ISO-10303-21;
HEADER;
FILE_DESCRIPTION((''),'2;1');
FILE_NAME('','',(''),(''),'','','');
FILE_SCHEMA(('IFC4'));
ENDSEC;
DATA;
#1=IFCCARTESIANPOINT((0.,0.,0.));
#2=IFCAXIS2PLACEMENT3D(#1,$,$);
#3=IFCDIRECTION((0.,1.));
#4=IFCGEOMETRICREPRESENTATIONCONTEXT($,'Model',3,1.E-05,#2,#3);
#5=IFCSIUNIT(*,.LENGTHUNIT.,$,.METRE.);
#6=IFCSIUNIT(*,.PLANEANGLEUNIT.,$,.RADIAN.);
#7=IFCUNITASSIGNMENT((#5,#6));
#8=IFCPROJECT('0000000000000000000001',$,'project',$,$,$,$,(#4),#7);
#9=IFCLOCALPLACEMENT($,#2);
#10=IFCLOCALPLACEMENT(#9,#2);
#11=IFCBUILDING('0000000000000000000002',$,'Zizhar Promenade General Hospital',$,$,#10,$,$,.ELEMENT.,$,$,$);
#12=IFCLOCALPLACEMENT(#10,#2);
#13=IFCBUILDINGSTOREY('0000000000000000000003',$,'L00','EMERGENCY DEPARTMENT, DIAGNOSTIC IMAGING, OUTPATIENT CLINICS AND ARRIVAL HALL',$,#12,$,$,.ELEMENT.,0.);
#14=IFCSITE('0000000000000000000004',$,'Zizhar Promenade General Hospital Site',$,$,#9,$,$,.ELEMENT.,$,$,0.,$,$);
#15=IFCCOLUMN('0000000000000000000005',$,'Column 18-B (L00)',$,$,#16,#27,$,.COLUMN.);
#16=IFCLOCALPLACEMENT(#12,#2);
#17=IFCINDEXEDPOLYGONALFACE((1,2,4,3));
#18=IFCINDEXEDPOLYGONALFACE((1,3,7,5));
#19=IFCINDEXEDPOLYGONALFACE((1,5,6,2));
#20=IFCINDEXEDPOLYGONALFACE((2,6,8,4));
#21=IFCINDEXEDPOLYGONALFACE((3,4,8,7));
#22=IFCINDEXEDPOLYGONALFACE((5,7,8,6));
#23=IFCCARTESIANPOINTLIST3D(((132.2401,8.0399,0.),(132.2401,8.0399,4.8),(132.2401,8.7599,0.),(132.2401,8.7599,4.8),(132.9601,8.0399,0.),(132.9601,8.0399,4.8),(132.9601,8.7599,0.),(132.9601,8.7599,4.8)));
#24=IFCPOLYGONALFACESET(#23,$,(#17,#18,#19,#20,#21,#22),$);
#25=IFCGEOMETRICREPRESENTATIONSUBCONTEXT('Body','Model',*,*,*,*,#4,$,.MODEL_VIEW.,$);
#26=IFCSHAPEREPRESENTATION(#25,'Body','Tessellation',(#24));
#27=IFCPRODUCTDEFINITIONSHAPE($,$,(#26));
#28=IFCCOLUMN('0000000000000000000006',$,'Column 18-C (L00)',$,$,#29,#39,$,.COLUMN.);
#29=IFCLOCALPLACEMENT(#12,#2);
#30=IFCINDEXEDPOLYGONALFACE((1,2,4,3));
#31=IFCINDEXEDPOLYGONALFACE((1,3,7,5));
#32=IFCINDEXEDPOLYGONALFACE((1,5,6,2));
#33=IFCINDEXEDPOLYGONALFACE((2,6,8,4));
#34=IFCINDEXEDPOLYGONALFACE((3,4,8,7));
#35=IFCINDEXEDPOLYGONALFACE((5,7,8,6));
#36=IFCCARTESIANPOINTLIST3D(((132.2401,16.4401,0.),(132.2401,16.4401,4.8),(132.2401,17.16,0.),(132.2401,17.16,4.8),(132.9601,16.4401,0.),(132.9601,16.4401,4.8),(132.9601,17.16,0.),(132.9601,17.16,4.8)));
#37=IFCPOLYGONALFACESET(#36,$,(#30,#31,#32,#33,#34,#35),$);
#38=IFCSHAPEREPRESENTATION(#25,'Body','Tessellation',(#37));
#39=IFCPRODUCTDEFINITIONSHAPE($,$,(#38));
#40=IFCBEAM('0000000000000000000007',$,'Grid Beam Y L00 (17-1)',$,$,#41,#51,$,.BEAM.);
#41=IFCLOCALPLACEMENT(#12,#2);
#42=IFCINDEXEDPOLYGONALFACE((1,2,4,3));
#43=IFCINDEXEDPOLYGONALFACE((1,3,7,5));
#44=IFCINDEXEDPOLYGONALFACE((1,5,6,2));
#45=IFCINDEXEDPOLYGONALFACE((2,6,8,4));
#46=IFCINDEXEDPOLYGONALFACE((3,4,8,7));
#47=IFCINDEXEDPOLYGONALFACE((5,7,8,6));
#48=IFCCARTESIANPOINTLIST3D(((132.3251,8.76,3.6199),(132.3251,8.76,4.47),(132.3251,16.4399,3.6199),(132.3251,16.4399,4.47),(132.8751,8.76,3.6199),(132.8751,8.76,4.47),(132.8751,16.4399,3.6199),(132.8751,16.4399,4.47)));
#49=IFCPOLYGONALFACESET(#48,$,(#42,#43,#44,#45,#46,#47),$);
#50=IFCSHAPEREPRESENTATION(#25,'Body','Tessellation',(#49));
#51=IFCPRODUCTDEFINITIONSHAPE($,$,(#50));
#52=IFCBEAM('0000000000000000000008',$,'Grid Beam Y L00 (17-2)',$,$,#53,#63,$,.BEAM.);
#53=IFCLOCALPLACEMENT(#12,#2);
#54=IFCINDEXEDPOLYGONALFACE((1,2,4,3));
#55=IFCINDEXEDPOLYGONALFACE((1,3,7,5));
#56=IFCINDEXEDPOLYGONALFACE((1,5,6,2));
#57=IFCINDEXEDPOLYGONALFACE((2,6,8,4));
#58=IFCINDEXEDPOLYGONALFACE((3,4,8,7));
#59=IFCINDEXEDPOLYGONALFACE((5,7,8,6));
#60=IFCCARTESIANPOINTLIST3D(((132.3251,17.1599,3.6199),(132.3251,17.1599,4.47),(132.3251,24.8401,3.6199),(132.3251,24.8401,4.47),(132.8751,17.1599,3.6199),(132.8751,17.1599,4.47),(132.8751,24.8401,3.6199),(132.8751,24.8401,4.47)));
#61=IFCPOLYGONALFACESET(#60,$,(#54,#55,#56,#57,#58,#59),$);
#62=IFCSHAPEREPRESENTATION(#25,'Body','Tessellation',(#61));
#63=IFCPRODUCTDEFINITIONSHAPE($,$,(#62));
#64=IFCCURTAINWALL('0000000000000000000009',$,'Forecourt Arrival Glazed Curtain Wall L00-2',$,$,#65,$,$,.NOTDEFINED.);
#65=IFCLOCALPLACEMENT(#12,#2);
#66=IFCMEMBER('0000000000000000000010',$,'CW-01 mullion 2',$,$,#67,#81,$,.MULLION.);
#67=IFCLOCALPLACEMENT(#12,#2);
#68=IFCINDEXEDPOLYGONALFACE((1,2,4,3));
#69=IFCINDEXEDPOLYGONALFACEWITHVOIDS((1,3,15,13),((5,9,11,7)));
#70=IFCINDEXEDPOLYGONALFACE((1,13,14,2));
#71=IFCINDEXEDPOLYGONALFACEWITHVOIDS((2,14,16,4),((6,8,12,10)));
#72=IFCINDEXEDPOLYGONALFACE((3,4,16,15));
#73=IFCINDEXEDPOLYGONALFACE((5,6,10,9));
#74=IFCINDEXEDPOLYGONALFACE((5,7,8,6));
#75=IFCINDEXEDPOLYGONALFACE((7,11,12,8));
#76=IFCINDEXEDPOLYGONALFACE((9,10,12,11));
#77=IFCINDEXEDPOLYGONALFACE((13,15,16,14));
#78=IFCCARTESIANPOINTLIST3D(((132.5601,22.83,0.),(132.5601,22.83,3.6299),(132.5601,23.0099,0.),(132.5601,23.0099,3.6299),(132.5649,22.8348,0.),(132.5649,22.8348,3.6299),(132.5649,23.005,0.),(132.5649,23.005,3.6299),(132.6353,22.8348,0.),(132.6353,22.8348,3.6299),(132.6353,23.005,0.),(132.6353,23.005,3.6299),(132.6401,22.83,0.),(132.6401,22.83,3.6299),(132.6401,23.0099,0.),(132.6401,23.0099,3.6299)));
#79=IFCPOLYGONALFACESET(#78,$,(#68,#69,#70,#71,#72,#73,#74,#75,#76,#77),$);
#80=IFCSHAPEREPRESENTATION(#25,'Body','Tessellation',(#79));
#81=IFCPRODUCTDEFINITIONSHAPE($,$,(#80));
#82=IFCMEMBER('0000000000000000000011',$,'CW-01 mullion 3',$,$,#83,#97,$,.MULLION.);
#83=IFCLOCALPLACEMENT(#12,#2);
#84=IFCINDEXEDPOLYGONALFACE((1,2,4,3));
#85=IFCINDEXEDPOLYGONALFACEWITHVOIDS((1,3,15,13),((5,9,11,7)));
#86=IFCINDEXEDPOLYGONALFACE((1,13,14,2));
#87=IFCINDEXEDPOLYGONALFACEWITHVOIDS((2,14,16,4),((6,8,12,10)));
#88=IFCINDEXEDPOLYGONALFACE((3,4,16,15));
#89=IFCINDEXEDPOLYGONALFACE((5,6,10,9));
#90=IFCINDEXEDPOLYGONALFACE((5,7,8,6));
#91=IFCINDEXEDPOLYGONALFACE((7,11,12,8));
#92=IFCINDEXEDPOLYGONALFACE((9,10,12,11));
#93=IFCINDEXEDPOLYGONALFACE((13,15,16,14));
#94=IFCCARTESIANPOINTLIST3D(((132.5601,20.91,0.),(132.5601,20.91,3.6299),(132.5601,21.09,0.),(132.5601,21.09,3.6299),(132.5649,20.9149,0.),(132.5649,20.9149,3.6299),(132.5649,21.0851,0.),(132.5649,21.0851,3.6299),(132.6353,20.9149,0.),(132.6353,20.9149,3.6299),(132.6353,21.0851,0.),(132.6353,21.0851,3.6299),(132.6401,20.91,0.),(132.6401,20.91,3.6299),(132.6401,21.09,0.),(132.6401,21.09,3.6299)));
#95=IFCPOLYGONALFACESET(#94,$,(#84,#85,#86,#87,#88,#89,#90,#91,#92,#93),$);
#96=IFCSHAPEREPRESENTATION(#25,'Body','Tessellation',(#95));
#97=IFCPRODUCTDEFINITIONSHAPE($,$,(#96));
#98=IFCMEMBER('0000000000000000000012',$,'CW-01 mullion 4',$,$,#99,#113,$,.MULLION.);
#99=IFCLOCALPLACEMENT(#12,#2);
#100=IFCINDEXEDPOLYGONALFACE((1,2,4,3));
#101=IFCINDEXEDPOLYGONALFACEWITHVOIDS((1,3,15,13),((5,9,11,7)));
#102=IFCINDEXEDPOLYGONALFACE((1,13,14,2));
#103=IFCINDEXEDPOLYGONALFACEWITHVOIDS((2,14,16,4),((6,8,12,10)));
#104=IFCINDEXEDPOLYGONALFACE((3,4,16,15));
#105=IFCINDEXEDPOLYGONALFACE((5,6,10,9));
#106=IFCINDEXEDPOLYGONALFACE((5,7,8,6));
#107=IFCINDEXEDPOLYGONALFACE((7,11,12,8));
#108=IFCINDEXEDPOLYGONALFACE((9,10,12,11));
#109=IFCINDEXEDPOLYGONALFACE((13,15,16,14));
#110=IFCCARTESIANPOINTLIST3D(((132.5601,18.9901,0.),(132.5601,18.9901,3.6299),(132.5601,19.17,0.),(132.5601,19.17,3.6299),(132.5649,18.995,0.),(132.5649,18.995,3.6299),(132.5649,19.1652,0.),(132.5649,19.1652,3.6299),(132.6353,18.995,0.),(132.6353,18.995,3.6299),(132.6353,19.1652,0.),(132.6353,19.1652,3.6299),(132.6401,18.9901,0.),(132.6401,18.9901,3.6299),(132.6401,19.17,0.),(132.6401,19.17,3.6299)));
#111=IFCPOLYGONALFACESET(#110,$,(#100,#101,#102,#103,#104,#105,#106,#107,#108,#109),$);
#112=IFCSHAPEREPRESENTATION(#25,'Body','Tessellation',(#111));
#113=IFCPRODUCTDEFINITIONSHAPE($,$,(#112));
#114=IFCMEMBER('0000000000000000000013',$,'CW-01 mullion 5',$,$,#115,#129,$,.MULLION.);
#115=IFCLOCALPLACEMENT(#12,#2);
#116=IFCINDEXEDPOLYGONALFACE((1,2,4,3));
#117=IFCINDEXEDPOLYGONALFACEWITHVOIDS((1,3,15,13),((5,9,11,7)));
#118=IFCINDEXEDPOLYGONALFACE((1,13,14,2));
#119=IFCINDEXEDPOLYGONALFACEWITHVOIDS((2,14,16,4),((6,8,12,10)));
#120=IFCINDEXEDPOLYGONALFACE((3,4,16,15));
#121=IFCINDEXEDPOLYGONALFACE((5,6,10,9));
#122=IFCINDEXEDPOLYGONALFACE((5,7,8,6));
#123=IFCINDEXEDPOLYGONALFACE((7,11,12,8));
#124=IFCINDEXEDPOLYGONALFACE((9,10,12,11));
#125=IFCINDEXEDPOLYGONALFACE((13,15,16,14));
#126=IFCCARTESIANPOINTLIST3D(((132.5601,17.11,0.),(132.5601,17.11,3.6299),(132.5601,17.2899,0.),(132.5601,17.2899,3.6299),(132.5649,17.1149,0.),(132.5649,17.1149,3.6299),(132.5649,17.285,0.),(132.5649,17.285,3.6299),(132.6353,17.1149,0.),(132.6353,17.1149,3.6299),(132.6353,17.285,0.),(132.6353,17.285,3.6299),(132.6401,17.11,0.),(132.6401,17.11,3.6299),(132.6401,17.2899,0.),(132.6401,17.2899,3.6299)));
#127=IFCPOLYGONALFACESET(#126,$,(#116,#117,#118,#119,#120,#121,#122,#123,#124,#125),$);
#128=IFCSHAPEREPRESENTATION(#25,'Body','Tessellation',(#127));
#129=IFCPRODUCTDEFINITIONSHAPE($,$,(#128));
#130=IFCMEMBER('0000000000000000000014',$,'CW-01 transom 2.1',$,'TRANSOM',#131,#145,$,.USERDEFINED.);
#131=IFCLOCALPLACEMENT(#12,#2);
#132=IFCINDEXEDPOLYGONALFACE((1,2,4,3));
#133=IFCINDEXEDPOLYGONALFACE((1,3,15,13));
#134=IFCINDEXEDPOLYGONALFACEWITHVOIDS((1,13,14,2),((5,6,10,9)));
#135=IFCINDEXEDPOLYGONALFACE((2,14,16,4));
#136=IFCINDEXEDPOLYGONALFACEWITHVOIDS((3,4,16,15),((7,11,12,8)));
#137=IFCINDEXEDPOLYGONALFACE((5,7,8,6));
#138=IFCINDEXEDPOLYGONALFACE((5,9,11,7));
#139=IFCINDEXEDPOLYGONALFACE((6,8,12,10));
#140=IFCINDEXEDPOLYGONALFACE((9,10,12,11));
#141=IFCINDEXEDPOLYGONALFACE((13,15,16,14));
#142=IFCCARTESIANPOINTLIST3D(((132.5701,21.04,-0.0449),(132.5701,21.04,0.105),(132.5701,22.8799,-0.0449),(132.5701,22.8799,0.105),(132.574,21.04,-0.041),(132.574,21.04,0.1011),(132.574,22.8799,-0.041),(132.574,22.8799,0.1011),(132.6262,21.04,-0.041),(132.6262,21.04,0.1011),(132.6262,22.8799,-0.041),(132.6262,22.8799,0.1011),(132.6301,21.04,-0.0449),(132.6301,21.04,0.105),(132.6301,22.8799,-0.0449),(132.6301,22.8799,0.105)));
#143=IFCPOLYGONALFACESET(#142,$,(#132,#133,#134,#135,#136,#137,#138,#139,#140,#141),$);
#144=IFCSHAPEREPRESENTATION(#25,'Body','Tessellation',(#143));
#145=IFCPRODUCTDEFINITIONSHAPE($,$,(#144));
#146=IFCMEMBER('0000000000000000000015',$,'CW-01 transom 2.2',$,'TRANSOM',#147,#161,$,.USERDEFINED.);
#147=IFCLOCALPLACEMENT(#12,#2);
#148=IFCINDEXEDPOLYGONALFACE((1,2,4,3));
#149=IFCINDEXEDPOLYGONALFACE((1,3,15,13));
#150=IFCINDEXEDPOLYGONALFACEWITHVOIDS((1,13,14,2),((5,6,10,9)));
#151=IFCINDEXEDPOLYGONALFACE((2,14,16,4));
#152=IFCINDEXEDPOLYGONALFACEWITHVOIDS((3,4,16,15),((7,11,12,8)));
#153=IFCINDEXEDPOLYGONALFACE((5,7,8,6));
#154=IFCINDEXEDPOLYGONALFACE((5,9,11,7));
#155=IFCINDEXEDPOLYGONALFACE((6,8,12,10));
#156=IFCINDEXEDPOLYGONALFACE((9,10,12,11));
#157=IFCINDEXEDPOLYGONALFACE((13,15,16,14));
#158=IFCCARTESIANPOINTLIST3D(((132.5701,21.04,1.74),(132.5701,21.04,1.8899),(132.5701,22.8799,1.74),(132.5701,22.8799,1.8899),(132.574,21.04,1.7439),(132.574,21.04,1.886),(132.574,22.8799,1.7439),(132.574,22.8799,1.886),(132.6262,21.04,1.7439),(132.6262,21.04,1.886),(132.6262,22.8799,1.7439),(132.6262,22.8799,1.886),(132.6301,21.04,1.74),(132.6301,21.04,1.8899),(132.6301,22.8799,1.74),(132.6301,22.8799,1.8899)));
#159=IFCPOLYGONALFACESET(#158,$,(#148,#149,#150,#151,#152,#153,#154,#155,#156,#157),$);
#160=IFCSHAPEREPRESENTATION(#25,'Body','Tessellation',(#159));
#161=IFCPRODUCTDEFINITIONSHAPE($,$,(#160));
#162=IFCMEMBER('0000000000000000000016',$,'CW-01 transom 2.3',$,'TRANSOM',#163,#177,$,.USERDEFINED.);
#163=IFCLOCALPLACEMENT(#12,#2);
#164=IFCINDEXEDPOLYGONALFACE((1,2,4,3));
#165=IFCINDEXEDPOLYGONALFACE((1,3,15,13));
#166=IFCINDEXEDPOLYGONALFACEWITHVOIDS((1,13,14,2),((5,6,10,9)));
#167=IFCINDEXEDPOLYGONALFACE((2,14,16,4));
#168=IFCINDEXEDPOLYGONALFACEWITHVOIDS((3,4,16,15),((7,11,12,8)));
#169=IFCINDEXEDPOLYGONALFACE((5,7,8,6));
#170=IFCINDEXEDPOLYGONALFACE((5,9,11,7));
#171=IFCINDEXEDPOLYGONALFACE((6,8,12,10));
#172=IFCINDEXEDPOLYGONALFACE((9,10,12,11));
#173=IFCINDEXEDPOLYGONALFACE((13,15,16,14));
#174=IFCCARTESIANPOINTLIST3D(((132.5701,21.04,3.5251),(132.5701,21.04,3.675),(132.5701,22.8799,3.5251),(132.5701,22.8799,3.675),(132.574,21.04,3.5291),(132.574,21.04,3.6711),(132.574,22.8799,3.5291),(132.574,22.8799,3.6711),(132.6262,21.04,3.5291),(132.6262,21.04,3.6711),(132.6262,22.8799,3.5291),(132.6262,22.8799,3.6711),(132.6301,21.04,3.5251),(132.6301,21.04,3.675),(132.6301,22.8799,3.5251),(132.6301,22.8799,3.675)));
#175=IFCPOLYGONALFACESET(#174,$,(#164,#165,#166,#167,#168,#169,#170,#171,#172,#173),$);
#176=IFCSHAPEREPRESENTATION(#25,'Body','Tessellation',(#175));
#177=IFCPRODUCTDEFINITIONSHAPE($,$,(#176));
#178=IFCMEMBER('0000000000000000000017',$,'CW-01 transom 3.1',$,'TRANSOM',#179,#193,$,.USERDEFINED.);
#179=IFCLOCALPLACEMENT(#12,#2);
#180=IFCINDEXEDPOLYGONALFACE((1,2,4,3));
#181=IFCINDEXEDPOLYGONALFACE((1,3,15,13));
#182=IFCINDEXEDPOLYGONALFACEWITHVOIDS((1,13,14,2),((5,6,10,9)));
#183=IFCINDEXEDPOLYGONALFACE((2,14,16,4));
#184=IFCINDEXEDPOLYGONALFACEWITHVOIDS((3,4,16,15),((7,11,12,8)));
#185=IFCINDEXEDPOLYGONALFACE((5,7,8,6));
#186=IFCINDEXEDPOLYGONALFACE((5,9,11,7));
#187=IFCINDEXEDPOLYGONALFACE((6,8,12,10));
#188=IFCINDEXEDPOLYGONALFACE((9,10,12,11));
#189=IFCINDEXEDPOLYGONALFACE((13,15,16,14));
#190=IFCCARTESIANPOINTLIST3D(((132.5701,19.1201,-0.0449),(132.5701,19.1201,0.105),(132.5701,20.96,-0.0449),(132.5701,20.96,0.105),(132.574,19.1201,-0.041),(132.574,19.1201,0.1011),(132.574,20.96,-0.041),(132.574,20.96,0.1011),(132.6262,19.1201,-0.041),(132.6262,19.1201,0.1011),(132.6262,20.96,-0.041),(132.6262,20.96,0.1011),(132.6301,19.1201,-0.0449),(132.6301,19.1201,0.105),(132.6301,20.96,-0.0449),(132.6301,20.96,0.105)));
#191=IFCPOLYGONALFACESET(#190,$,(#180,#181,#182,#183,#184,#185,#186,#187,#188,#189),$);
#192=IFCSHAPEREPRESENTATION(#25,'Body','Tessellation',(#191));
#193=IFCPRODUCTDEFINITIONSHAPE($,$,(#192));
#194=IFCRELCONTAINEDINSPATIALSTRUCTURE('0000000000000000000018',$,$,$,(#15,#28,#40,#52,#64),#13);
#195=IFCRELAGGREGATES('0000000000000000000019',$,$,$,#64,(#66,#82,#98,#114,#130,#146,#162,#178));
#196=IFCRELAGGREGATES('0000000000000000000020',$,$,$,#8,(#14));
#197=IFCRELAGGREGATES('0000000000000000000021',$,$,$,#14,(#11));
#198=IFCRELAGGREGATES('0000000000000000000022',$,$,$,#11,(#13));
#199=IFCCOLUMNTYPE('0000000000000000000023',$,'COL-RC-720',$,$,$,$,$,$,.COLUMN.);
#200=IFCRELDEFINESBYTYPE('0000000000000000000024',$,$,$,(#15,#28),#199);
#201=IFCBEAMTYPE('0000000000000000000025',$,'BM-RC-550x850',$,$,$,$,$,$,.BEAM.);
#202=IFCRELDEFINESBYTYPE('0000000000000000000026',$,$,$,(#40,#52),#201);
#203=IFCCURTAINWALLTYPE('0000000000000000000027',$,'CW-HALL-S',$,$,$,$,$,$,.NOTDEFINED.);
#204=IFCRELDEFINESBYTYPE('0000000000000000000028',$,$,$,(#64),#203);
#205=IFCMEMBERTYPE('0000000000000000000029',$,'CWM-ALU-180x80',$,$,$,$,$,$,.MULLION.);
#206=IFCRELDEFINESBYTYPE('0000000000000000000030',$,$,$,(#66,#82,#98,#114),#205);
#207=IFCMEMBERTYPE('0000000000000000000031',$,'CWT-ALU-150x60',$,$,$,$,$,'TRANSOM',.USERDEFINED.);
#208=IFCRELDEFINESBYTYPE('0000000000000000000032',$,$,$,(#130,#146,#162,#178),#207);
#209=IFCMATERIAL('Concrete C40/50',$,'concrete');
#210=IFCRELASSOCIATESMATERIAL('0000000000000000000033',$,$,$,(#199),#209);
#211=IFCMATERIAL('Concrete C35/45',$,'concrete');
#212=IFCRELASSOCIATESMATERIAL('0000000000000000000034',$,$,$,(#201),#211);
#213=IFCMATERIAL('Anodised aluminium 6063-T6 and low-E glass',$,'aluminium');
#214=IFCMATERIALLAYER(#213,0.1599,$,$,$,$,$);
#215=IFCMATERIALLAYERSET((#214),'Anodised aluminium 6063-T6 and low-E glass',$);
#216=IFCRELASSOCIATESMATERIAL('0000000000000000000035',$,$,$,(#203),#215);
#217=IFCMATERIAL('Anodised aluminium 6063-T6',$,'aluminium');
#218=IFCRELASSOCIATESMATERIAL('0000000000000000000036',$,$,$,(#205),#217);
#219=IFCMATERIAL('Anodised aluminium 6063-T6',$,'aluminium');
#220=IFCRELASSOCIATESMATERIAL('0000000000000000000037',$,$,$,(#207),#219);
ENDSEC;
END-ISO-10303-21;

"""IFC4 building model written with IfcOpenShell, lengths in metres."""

from ifc_helpers import new_model, si_unit, direction, frame, origin, origin_2d, place, context, subcontext, project, spatial, rectangle, hollow_rectangle, extrude, material, layer, layer_set, material_profile, profile_set, type_object, element, aggregate, save


model = new_model("IFC4")

# Units and contexts
model_context = context("Model", 3, precision=1e-05, world=origin(), true_north=direction((0.0, 1.0)))
body_context = subcontext(model_context, "Body", "Model", "MODEL_VIEW")
ifc_project = project(units=[si_unit("LENGTHUNIT", "METRE"), si_unit("PLANEANGLEUNIT", "RADIAN")], contexts=[model_context])

# Site, building, storey
site_placement = place(None, origin())
site = spatial("IfcSite", under=ifc_project, at=site_placement, Name="Zizhar Promenade General Hospital Site", CompositionType="ELEMENT", RefElevation=0.0)
building_placement = place(site_placement, origin())
building = spatial("IfcBuilding", under=site, at=building_placement, Name="Zizhar Promenade General Hospital", CompositionType="ELEMENT")
storey_placement = place(building_placement, origin())
storey = spatial("IfcBuildingStorey", under=building, at=storey_placement, Name="L00", Description="EMERGENCY DEPARTMENT, DIAGNOSTIC IMAGING, OUTPATIENT CLINICS AND ARRIVAL HALL", CompositionType="ELEMENT", Elevation=0.0)

# Columns
ifc_material_1 = material(Name="Concrete C40/50", Category="concrete")
ifc_material_profile_1 = material_profile(ifc_material_1, rectangle(XDim=0.72, YDim=0.72, at=origin_2d()))
ifc_profile_set_1 = profile_set([ifc_material_profile_1], Name="Concrete C40/50")
column_type = type_object("IfcColumnType", Name="COL-RC-720", PredefinedType="COLUMN", material=ifc_profile_set_1)
for number, where, z_axis, x_axis, name in (
    (1, (132.6001, 8.3999, 0.0), (0.0, 0.0, 1.0), (1.0, 0.0, 0.0), "Column 18-B (L00)"),
    (2, (132.6001, 16.8, 0.0), (0.0, 0.0, 1.0), (1.0, 0.0, 0.0), "Column 18-C (L00)"),
):
    element("IfcColumn", number, at=place(storey_placement, frame(where, z_axis=z_axis, x_axis=x_axis)), inside=storey, type_object=column_type, Name=name, PredefinedType="COLUMN", context=body_context, shape_type="SweptSolid", body=[
        extrude(rectangle(XDim=0.72, YDim=0.72, at=origin_2d()), origin(), (0.0, 0.0, 1.0), 4.8),
    ])

# Beams
ifc_material_2 = material(Name="Concrete C35/45", Category="concrete")
ifc_material_profile_2 = material_profile(ifc_material_2, rectangle(XDim=0.55, YDim=0.8501, at=origin_2d()))
ifc_profile_set_2 = profile_set([ifc_material_profile_2], Name="Concrete C35/45")
beam_type = type_object("IfcBeamType", Name="BM-RC-550x850", PredefinedType="BEAM", material=ifc_profile_set_2)
beam_1_placement = place(storey_placement, frame((132.6001, 8.76, 4.0449), z_axis=(0.0, 1.0, 0.0), x_axis=(-1.0, 0.0, 0.0)))
element("IfcBeam", 3, at=beam_1_placement, inside=storey, type_object=beam_type, Name="Grid Beam Y L00 (17-1)", PredefinedType="BEAM", context=body_context, shape_type="SweptSolid", body=[
    extrude(rectangle(XDim=0.55, YDim=0.8501, at=origin_2d()), origin(), (0.0, 0.0, 1.0), 7.6799),
])
beam_2_placement = place(storey_placement, frame((132.6001, 17.1599, 4.0449), z_axis=(0.0, 1.0, 0.0), x_axis=(-1.0, 0.0, 0.0)))
element("IfcBeam", 4, at=beam_2_placement, inside=storey, type_object=beam_type, Name="Grid Beam Y L00 (17-2)", PredefinedType="BEAM", context=body_context, shape_type="SweptSolid", body=[
    extrude(rectangle(XDim=0.55, YDim=0.8501, at=origin_2d()), origin(), (0.0, 0.0, 1.0), 7.6802),
])

# Curtain wall, members
ifc_material_3 = material(Name="Anodised aluminium 6063-T6 and low-E glass", Category="aluminium")
ifc_layer_1 = layer(ifc_material_3, 0.1599)
ifc_layer_set_1 = layer_set([ifc_layer_1], Name="Anodised aluminium 6063-T6 and low-E glass")
curtain_wall_type = type_object("IfcCurtainWallType", Name="CW-HALL-S", PredefinedType="NOTDEFINED", material=ifc_layer_set_1)
curtain_wall_placement = place(storey_placement, origin())
curtain_wall = element("IfcCurtainWall", 5, at=curtain_wall_placement, inside=storey, type_object=curtain_wall_type, Name="Forecourt Arrival Glazed Curtain Wall L00-2", PredefinedType="NOTDEFINED")
ifc_material_4 = material(Name="Anodised aluminium 6063-T6", Category="aluminium")
ifc_material_profile_3 = material_profile(ifc_material_4, hollow_rectangle(XDim=0.0801, YDim=0.1799, WallThickness=0.0049, at=origin_2d()))
ifc_profile_set_3 = profile_set([ifc_material_profile_3], Name="Anodised aluminium 6063-T6")
member_type_1 = type_object("IfcMemberType", Name="CWM-ALU-180x80", PredefinedType="MULLION", material=ifc_profile_set_3)
member_1_placement = place(storey_placement, frame((132.6001, 22.9199, 0.0), z_axis=(0.0, 0.0, 1.0), x_axis=(1.0, 0.0, 0.0)))
member_1 = element("IfcMember", 6, at=member_1_placement, type_object=member_type_1, Name="CW-01 mullion 2", PredefinedType="MULLION", context=body_context, shape_type="SweptSolid", body=[
    extrude(hollow_rectangle(XDim=0.0801, YDim=0.1799, WallThickness=0.0049, at=origin_2d()), origin(), (0.0, 0.0, 1.0), 3.6299),
])
member_2_placement = place(storey_placement, frame((132.6001, 21.0, 0.0), z_axis=(0.0, 0.0, 1.0), x_axis=(1.0, 0.0, 0.0)))
member_2 = element("IfcMember", 7, at=member_2_placement, type_object=member_type_1, Name="CW-01 mullion 3", PredefinedType="MULLION", context=body_context, shape_type="SweptSolid", body=[
    extrude(hollow_rectangle(XDim=0.0801, YDim=0.1799, WallThickness=0.0049, at=origin_2d()), origin(), (0.0, 0.0, 1.0), 3.6299),
])
member_3_placement = place(storey_placement, frame((132.6001, 19.0801, 0.0), z_axis=(0.0, 0.0, 1.0), x_axis=(1.0, 0.0, 0.0)))
member_3 = element("IfcMember", 8, at=member_3_placement, type_object=member_type_1, Name="CW-01 mullion 4", PredefinedType="MULLION", context=body_context, shape_type="SweptSolid", body=[
    extrude(hollow_rectangle(XDim=0.0801, YDim=0.1799, WallThickness=0.0049, at=origin_2d()), origin(), (0.0, 0.0, 1.0), 3.6299),
])
member_4_placement = place(storey_placement, frame((132.6001, 17.2, 0.0), z_axis=(0.0, 0.0, 1.0), x_axis=(1.0, 0.0, 0.0)))
member_4 = element("IfcMember", 9, at=member_4_placement, type_object=member_type_1, Name="CW-01 mullion 5", PredefinedType="MULLION", context=body_context, shape_type="SweptSolid", body=[
    extrude(hollow_rectangle(XDim=0.0801, YDim=0.1799, WallThickness=0.0049, at=origin_2d()), origin(), (0.0, 0.0, 1.0), 3.6299),
])
ifc_material_5 = material(Name="Anodised aluminium 6063-T6", Category="aluminium")
ifc_material_profile_4 = material_profile(ifc_material_5, hollow_rectangle(XDim=0.0601, YDim=0.1499, WallThickness=0.0039, at=origin_2d()))
ifc_profile_set_4 = profile_set([ifc_material_profile_4], Name="Anodised aluminium 6063-T6")
member_type_2 = type_object("IfcMemberType", Name="CWT-ALU-150x60", ElementType="TRANSOM", PredefinedType="USERDEFINED", material=ifc_profile_set_4)
member_5_placement = place(storey_placement, frame((132.6001, 22.8799, 0.03), z_axis=(0.0, -1.0, 0.0), x_axis=(1.0, 0.0, 0.0)))
member_5 = element("IfcMember", 10, at=member_5_placement, type_object=member_type_2, Name="CW-01 transom 2.1", ObjectType="TRANSOM", PredefinedType="USERDEFINED", context=body_context, shape_type="SweptSolid", body=[
    extrude(hollow_rectangle(XDim=0.0601, YDim=0.1499, WallThickness=0.0039, at=origin_2d()), origin(), (0.0, 0.0, 1.0), 1.8398),
])
member_6_placement = place(storey_placement, frame((132.6001, 22.8799, 1.8149), z_axis=(0.0, -1.0, 0.0), x_axis=(1.0, 0.0, 0.0)))
member_6 = element("IfcMember", 11, at=member_6_placement, type_object=member_type_2, Name="CW-01 transom 2.2", ObjectType="TRANSOM", PredefinedType="USERDEFINED", context=body_context, shape_type="SweptSolid", body=[
    extrude(hollow_rectangle(XDim=0.0601, YDim=0.1499, WallThickness=0.0039, at=origin_2d()), origin(), (0.0, 0.0, 1.0), 1.8398),
])
member_7_placement = place(storey_placement, frame((132.6001, 22.8799, 3.6001), z_axis=(0.0, -1.0, 0.0), x_axis=(1.0, 0.0, 0.0)))
member_7 = element("IfcMember", 12, at=member_7_placement, type_object=member_type_2, Name="CW-01 transom 2.3", ObjectType="TRANSOM", PredefinedType="USERDEFINED", context=body_context, shape_type="SweptSolid", body=[
    extrude(hollow_rectangle(XDim=0.0601, YDim=0.1499, WallThickness=0.0039, at=origin_2d()), origin(), (0.0, 0.0, 1.0), 1.8398),
])
member_8_placement = place(storey_placement, frame((132.6001, 20.96, 0.03), z_axis=(0.0, -1.0, 0.0), x_axis=(1.0, 0.0, 0.0)))
member_8 = element("IfcMember", 13, at=member_8_placement, type_object=member_type_2, Name="CW-01 transom 3.1", ObjectType="TRANSOM", PredefinedType="USERDEFINED", context=body_context, shape_type="SweptSolid", body=[
    extrude(hollow_rectangle(XDim=0.0601, YDim=0.1499, WallThickness=0.0039, at=origin_2d()), origin(), (0.0, 0.0, 1.0), 1.8398),
])
aggregate(curtain_wall, [member_1, member_2, member_3, member_4, member_5, member_6, member_7, member_8])

save(model, "model.ifc")
